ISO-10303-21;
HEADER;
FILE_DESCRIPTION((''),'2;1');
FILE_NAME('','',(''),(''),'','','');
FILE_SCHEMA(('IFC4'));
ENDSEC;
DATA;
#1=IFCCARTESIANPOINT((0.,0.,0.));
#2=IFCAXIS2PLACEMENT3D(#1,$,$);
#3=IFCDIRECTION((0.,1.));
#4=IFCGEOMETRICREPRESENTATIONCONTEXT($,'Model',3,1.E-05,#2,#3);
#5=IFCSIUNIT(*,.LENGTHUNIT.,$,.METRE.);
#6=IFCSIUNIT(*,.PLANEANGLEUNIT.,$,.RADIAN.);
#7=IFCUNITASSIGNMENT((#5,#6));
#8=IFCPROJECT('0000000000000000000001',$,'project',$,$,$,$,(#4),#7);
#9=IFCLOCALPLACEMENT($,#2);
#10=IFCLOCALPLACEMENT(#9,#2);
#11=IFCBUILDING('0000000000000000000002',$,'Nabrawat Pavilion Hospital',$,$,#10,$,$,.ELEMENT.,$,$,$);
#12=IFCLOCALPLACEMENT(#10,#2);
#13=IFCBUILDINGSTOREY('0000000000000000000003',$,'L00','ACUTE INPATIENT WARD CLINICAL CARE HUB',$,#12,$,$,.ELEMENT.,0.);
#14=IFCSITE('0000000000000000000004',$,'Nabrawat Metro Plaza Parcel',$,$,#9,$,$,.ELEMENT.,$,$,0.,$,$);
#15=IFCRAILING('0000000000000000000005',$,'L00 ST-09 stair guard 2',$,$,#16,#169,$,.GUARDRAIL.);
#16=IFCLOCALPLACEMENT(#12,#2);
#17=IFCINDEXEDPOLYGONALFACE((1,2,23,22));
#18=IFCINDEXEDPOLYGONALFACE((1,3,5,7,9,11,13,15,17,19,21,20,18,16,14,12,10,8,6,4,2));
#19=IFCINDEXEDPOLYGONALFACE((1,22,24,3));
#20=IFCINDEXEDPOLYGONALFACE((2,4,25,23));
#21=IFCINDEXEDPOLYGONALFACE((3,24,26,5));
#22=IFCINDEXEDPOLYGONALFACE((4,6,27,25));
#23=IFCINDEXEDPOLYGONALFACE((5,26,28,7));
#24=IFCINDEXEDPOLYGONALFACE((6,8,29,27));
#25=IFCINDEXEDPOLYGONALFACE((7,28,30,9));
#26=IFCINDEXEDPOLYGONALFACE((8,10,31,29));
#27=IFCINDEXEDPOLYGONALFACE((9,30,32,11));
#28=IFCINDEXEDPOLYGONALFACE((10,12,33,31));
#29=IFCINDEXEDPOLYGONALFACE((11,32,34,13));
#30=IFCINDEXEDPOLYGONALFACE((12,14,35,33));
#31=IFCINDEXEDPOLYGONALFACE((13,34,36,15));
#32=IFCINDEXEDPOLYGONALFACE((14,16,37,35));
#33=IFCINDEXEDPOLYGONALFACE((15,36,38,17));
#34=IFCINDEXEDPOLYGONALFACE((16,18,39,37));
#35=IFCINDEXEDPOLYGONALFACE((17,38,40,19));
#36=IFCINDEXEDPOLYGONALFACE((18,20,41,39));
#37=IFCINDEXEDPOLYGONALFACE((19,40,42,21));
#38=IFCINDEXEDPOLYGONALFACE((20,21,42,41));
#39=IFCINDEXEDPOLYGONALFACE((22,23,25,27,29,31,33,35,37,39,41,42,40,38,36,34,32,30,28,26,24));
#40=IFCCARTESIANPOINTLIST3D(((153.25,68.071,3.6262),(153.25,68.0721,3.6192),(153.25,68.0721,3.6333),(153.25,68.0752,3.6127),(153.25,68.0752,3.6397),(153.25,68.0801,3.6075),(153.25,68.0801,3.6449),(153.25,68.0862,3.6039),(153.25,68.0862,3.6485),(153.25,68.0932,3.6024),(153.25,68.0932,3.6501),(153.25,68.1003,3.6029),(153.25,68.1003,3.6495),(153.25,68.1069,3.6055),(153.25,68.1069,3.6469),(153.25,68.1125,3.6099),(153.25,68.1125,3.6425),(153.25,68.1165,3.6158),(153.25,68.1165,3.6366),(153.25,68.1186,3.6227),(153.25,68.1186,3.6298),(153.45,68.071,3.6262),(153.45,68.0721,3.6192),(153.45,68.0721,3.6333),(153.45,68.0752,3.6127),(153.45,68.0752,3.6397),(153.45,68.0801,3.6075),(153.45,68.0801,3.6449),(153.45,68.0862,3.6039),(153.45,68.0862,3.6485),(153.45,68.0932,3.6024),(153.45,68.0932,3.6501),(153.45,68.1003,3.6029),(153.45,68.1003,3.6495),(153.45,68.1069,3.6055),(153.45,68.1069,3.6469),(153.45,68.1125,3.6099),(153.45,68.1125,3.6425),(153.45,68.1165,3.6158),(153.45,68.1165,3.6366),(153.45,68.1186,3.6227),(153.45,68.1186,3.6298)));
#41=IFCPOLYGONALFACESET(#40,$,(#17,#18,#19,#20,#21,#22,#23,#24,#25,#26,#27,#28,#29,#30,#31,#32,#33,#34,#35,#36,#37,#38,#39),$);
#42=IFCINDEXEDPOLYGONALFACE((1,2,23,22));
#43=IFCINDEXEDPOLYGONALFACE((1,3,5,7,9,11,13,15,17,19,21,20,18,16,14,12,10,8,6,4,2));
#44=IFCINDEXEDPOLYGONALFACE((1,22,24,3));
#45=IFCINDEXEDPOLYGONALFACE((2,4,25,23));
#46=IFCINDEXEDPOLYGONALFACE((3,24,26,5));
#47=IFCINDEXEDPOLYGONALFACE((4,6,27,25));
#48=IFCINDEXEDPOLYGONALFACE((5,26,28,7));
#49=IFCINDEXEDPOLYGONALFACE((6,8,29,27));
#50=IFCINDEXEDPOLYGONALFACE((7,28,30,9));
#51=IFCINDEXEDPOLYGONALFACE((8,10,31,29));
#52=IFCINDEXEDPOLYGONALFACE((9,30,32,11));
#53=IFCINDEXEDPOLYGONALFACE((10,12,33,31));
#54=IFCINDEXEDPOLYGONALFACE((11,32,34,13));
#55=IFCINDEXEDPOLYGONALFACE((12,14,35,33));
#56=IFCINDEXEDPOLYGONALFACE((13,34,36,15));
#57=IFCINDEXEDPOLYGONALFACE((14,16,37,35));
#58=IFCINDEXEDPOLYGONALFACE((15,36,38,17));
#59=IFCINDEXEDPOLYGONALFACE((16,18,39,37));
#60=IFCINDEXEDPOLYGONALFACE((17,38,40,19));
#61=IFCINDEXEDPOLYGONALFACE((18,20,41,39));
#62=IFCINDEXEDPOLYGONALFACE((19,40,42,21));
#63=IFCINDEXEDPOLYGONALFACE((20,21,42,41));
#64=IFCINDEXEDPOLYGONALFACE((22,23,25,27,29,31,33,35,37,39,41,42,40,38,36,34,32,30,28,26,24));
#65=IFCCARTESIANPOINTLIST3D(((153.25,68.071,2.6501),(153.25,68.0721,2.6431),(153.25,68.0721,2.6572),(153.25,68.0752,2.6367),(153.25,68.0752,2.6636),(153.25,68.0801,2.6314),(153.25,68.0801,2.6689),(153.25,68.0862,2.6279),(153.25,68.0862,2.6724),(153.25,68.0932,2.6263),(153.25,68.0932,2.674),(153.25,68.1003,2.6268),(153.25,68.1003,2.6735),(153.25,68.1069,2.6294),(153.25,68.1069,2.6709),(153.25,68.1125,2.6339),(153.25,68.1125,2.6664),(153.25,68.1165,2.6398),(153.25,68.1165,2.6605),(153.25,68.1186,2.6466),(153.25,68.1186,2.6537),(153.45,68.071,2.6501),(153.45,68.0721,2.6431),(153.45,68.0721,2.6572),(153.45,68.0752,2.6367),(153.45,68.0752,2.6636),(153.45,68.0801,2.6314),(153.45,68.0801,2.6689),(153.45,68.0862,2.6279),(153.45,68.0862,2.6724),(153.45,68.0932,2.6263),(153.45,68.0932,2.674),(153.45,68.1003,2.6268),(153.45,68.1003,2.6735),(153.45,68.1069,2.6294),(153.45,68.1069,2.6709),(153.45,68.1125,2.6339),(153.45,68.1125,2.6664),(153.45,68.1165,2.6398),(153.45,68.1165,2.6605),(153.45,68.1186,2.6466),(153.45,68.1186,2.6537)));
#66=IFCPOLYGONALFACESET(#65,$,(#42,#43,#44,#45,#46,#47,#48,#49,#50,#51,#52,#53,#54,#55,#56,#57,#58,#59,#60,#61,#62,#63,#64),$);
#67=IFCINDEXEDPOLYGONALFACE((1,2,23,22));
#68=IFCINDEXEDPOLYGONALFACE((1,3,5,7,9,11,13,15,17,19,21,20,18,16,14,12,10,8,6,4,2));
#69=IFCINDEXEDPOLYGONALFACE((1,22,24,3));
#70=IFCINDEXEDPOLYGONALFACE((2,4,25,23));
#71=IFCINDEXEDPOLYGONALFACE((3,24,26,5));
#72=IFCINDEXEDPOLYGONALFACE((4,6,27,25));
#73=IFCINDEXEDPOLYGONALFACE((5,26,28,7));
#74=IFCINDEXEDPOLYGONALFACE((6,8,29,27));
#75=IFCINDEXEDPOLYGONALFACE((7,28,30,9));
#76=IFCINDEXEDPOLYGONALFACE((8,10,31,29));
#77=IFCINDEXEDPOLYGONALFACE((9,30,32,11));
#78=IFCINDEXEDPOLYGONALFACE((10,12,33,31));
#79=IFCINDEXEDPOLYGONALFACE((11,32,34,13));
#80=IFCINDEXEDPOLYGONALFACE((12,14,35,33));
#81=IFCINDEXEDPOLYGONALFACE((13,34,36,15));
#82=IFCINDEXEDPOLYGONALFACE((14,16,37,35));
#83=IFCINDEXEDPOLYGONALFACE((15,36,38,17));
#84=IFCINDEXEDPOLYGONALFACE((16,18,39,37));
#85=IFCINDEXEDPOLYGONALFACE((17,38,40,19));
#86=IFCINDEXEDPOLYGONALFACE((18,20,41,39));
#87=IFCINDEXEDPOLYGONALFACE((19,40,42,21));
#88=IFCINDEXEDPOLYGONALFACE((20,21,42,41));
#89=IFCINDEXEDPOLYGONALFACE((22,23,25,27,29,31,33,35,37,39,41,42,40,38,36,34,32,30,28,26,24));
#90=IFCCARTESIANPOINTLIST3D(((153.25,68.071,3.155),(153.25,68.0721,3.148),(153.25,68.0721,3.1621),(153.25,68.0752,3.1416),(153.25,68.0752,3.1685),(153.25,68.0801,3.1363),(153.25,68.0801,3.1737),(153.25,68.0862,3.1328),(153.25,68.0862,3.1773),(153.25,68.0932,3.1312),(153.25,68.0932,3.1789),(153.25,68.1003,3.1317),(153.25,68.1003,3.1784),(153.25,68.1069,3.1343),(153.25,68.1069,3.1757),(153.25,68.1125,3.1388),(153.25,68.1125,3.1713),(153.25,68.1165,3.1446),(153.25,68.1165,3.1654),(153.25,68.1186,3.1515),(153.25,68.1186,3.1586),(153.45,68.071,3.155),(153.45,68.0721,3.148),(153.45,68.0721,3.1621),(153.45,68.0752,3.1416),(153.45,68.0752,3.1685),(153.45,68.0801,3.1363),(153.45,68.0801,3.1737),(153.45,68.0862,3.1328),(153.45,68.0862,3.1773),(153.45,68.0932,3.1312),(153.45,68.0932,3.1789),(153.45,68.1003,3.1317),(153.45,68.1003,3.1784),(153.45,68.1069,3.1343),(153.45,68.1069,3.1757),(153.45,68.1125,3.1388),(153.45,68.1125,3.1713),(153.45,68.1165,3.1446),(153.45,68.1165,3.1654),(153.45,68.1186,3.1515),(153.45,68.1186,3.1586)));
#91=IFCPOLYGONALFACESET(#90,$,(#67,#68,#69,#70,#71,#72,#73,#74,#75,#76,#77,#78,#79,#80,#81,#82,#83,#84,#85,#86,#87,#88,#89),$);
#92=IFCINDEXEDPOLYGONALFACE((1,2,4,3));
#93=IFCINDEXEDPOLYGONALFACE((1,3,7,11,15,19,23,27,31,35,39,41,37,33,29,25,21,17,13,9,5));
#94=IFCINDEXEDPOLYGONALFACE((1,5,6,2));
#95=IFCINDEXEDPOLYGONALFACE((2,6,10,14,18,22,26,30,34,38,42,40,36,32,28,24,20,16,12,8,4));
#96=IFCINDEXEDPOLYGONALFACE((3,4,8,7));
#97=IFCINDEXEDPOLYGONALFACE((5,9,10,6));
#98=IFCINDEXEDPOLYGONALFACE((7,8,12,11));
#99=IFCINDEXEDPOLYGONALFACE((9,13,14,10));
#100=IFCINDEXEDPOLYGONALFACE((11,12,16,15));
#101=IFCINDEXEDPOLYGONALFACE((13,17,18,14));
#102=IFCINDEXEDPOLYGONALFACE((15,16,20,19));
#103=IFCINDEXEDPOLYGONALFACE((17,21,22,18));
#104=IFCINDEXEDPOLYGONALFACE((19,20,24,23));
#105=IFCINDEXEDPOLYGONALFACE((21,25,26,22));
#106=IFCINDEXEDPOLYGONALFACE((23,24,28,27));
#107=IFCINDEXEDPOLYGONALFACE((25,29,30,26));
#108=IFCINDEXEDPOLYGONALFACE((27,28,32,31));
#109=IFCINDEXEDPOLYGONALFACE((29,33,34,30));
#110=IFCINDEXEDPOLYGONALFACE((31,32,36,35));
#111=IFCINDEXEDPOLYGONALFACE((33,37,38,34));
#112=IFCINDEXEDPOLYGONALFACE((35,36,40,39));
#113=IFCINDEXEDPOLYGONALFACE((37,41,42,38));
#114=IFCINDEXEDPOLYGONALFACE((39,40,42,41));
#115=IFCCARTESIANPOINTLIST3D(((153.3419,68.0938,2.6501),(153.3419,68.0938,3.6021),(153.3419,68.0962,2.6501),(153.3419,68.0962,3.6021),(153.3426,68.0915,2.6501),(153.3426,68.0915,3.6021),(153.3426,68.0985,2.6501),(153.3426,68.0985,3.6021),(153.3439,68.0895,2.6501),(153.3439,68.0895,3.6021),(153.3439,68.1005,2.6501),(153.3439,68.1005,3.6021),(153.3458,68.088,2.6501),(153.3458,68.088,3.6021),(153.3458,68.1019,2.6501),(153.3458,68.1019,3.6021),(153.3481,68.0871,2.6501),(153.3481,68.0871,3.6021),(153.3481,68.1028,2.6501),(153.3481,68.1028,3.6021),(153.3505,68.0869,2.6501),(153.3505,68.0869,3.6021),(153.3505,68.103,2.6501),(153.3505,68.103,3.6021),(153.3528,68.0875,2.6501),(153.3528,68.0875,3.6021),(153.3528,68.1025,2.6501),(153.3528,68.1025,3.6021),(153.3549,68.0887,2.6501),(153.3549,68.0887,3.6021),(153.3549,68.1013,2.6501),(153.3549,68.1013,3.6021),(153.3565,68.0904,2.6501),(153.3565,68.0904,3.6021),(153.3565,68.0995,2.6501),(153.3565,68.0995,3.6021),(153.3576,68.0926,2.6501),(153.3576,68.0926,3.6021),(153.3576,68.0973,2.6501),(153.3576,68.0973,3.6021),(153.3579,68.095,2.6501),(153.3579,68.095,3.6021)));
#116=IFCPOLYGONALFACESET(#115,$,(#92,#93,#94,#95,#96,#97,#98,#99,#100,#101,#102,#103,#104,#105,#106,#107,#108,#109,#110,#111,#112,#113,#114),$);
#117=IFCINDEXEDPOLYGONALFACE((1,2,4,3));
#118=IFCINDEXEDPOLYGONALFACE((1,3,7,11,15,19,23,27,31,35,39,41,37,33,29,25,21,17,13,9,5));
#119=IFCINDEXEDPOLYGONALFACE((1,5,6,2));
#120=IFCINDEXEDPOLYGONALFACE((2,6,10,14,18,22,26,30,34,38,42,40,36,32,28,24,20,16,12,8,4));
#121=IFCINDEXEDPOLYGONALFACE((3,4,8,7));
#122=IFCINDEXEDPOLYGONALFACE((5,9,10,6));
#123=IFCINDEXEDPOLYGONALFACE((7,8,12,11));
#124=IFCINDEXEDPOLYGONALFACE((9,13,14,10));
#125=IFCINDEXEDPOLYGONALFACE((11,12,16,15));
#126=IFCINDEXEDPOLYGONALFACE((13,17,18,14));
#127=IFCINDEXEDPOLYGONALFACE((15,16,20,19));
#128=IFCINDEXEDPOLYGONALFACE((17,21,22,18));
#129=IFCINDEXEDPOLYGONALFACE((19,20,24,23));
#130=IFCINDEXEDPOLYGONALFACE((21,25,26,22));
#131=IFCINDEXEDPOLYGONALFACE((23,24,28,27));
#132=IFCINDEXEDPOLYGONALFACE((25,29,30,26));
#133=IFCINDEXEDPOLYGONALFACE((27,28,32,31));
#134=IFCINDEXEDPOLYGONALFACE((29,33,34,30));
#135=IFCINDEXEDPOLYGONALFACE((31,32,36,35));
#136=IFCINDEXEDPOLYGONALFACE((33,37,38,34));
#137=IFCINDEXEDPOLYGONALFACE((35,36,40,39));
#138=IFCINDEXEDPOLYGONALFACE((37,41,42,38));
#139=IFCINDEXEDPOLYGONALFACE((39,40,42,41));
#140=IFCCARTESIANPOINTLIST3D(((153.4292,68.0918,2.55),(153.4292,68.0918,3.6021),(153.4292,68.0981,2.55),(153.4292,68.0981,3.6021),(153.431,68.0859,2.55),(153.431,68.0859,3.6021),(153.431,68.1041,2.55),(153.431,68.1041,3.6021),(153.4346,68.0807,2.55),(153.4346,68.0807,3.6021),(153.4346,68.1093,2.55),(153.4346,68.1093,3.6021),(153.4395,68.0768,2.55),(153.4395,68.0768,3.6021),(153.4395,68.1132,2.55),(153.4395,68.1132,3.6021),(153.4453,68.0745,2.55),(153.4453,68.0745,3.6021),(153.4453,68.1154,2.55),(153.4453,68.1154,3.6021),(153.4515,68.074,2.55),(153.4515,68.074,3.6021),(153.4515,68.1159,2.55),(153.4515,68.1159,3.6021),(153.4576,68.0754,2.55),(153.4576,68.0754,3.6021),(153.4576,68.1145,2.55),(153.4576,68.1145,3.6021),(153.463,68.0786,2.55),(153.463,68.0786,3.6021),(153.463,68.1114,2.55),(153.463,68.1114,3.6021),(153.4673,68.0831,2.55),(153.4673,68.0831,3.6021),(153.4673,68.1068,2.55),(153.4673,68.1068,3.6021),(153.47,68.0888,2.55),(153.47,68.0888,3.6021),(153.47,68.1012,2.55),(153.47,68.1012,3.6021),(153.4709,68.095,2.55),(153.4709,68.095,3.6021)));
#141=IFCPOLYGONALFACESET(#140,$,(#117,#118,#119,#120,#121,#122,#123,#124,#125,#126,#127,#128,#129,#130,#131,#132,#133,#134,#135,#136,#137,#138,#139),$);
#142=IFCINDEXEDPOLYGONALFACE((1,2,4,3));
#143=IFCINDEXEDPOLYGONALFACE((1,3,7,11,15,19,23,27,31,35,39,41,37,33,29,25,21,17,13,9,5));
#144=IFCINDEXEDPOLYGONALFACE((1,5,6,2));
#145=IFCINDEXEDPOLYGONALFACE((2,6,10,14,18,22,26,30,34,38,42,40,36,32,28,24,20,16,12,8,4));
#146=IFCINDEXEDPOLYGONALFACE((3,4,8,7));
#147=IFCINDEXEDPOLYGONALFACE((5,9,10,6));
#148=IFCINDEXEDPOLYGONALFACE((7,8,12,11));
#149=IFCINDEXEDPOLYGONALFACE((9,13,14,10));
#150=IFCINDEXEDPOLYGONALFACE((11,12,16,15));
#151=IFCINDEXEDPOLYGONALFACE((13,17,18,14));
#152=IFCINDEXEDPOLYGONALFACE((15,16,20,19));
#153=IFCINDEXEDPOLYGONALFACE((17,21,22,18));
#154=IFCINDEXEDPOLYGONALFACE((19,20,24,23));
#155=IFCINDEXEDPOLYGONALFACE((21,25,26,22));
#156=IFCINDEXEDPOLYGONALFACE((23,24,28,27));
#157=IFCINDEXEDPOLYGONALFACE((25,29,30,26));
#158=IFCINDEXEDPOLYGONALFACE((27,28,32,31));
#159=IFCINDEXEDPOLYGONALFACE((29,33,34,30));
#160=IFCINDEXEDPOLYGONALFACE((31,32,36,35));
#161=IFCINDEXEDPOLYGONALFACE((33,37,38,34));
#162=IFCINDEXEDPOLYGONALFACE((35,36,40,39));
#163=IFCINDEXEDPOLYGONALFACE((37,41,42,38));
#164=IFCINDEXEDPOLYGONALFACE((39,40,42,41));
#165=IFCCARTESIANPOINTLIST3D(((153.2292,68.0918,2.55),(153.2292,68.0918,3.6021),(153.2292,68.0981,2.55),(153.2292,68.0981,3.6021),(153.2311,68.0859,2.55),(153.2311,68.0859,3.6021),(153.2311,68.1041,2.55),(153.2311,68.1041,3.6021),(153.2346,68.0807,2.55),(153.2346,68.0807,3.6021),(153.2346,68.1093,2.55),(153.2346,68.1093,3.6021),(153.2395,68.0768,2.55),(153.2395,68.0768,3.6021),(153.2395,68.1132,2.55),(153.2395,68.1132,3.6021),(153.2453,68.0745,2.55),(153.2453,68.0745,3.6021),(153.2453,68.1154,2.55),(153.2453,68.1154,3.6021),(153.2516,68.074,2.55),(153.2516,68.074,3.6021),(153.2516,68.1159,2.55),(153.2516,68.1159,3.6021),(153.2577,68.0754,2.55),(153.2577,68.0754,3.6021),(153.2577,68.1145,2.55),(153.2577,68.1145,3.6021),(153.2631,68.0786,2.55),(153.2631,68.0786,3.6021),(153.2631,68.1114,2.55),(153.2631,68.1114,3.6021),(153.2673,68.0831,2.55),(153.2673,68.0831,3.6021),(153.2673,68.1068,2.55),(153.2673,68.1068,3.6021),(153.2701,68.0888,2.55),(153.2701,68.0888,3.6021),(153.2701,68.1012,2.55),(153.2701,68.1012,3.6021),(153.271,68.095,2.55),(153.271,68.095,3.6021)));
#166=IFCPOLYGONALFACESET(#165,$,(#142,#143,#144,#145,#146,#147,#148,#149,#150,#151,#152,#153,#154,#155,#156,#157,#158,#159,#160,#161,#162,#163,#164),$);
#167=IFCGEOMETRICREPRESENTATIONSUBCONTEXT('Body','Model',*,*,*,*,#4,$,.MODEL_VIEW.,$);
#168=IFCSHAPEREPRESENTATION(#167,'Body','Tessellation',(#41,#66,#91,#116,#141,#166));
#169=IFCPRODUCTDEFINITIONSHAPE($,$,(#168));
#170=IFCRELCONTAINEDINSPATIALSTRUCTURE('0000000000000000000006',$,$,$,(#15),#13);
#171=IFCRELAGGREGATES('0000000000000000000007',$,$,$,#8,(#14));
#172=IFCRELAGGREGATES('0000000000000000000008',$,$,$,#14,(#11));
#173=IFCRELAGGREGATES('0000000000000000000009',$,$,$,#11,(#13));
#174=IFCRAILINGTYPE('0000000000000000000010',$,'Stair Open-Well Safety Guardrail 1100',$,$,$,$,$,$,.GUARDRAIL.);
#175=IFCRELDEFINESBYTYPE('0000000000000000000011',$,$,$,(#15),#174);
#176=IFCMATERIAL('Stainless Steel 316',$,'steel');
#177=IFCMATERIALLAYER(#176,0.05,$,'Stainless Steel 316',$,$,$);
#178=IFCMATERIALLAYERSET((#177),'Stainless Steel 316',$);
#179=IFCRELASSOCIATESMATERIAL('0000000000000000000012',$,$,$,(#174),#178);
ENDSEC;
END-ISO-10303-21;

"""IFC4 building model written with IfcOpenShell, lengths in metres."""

from ifc_helpers import new_model, si_unit, direction, frame, origin, origin_2d, place, context, subcontext, project, spatial, circle, extrude, material, layer, layer_set, type_object, element, save


model = new_model("IFC4")

# Units and contexts
model_context = context("Model", 3, precision=1e-05, world=origin(), true_north=direction((0.0, 1.0)))
body_context = subcontext(model_context, "Body", "Model", "MODEL_VIEW")
ifc_project = project(units=[si_unit("LENGTHUNIT", "METRE"), si_unit("PLANEANGLEUNIT", "RADIAN")], contexts=[model_context])

# Site, building, storey
site_placement = place(None, origin())
site = spatial("IfcSite", under=ifc_project, at=site_placement, Name="Nabrawat Metro Plaza Parcel", CompositionType="ELEMENT", RefElevation=0.0)
building_placement = place(site_placement, origin())
building = spatial("IfcBuilding", under=site, at=building_placement, Name="Nabrawat Pavilion Hospital", CompositionType="ELEMENT")
storey_placement = place(building_placement, origin())
storey = spatial("IfcBuildingStorey", under=building, at=storey_placement, Name="L00", Description="ACUTE INPATIENT WARD CLINICAL CARE HUB", CompositionType="ELEMENT", Elevation=0.0)

# Railing
ifc_material_1 = material(Name="Stainless Steel 316", Category="steel")
ifc_layer_1 = layer(ifc_material_1, 0.05, Name="Stainless Steel 316")
ifc_layer_set_1 = layer_set([ifc_layer_1], Name="Stainless Steel 316")
railing_type_1 = type_object("IfcRailingType", Name="Stair Open-Well Safety Guardrail 1100", PredefinedType="GUARDRAIL", material=ifc_layer_set_1)
railing_1_placement = place(storey_placement, frame((153.45, 68.095, 2.55)))
element("IfcRailing", 1, at=railing_1_placement, inside=storey, type_object=railing_type_1, Name="L00 ST-09 stair guard 2", PredefinedType="GUARDRAIL", context=body_context, shape_type="SweptSolid", body=[
    extrude(circle(Radius=0.0239, at=origin_2d()), frame((0.0, 0.0, 1.0762), z_axis=(-1.0, 0.0, 0.0), x_axis=(0.0, -1.0, 0.0)), (0.0, 0.0, 1.0), 0.2),
    extrude(circle(Radius=0.0239, at=origin_2d()), frame((0.0, 0.0, 0.1001), z_axis=(-1.0, 0.0, 0.0), x_axis=(0.0, -1.0, 0.0)), (0.0, 0.0, 1.0), 0.2),
    extrude(circle(Radius=0.0239, at=origin_2d()), frame((0.0, 0.0, 0.605), z_axis=(-1.0, 0.0, 0.0), x_axis=(0.0, -1.0, 0.0)), (0.0, 0.0, 1.0), 0.2),
    extrude(circle(Radius=0.0081, at=origin_2d()), frame((-0.1001, 0.0, 0.1001)), (0.0, 0.0, 1.0), 0.9519),
    extrude(circle(Radius=0.021, at=origin_2d()), origin(), (0.0, 0.0, 1.0), 1.052),
    extrude(circle(Radius=0.021, at=origin_2d()), frame((-0.2, 0.0, 0.0)), (0.0, 0.0, 1.0), 1.052),
])

save(model, "model.ifc")
